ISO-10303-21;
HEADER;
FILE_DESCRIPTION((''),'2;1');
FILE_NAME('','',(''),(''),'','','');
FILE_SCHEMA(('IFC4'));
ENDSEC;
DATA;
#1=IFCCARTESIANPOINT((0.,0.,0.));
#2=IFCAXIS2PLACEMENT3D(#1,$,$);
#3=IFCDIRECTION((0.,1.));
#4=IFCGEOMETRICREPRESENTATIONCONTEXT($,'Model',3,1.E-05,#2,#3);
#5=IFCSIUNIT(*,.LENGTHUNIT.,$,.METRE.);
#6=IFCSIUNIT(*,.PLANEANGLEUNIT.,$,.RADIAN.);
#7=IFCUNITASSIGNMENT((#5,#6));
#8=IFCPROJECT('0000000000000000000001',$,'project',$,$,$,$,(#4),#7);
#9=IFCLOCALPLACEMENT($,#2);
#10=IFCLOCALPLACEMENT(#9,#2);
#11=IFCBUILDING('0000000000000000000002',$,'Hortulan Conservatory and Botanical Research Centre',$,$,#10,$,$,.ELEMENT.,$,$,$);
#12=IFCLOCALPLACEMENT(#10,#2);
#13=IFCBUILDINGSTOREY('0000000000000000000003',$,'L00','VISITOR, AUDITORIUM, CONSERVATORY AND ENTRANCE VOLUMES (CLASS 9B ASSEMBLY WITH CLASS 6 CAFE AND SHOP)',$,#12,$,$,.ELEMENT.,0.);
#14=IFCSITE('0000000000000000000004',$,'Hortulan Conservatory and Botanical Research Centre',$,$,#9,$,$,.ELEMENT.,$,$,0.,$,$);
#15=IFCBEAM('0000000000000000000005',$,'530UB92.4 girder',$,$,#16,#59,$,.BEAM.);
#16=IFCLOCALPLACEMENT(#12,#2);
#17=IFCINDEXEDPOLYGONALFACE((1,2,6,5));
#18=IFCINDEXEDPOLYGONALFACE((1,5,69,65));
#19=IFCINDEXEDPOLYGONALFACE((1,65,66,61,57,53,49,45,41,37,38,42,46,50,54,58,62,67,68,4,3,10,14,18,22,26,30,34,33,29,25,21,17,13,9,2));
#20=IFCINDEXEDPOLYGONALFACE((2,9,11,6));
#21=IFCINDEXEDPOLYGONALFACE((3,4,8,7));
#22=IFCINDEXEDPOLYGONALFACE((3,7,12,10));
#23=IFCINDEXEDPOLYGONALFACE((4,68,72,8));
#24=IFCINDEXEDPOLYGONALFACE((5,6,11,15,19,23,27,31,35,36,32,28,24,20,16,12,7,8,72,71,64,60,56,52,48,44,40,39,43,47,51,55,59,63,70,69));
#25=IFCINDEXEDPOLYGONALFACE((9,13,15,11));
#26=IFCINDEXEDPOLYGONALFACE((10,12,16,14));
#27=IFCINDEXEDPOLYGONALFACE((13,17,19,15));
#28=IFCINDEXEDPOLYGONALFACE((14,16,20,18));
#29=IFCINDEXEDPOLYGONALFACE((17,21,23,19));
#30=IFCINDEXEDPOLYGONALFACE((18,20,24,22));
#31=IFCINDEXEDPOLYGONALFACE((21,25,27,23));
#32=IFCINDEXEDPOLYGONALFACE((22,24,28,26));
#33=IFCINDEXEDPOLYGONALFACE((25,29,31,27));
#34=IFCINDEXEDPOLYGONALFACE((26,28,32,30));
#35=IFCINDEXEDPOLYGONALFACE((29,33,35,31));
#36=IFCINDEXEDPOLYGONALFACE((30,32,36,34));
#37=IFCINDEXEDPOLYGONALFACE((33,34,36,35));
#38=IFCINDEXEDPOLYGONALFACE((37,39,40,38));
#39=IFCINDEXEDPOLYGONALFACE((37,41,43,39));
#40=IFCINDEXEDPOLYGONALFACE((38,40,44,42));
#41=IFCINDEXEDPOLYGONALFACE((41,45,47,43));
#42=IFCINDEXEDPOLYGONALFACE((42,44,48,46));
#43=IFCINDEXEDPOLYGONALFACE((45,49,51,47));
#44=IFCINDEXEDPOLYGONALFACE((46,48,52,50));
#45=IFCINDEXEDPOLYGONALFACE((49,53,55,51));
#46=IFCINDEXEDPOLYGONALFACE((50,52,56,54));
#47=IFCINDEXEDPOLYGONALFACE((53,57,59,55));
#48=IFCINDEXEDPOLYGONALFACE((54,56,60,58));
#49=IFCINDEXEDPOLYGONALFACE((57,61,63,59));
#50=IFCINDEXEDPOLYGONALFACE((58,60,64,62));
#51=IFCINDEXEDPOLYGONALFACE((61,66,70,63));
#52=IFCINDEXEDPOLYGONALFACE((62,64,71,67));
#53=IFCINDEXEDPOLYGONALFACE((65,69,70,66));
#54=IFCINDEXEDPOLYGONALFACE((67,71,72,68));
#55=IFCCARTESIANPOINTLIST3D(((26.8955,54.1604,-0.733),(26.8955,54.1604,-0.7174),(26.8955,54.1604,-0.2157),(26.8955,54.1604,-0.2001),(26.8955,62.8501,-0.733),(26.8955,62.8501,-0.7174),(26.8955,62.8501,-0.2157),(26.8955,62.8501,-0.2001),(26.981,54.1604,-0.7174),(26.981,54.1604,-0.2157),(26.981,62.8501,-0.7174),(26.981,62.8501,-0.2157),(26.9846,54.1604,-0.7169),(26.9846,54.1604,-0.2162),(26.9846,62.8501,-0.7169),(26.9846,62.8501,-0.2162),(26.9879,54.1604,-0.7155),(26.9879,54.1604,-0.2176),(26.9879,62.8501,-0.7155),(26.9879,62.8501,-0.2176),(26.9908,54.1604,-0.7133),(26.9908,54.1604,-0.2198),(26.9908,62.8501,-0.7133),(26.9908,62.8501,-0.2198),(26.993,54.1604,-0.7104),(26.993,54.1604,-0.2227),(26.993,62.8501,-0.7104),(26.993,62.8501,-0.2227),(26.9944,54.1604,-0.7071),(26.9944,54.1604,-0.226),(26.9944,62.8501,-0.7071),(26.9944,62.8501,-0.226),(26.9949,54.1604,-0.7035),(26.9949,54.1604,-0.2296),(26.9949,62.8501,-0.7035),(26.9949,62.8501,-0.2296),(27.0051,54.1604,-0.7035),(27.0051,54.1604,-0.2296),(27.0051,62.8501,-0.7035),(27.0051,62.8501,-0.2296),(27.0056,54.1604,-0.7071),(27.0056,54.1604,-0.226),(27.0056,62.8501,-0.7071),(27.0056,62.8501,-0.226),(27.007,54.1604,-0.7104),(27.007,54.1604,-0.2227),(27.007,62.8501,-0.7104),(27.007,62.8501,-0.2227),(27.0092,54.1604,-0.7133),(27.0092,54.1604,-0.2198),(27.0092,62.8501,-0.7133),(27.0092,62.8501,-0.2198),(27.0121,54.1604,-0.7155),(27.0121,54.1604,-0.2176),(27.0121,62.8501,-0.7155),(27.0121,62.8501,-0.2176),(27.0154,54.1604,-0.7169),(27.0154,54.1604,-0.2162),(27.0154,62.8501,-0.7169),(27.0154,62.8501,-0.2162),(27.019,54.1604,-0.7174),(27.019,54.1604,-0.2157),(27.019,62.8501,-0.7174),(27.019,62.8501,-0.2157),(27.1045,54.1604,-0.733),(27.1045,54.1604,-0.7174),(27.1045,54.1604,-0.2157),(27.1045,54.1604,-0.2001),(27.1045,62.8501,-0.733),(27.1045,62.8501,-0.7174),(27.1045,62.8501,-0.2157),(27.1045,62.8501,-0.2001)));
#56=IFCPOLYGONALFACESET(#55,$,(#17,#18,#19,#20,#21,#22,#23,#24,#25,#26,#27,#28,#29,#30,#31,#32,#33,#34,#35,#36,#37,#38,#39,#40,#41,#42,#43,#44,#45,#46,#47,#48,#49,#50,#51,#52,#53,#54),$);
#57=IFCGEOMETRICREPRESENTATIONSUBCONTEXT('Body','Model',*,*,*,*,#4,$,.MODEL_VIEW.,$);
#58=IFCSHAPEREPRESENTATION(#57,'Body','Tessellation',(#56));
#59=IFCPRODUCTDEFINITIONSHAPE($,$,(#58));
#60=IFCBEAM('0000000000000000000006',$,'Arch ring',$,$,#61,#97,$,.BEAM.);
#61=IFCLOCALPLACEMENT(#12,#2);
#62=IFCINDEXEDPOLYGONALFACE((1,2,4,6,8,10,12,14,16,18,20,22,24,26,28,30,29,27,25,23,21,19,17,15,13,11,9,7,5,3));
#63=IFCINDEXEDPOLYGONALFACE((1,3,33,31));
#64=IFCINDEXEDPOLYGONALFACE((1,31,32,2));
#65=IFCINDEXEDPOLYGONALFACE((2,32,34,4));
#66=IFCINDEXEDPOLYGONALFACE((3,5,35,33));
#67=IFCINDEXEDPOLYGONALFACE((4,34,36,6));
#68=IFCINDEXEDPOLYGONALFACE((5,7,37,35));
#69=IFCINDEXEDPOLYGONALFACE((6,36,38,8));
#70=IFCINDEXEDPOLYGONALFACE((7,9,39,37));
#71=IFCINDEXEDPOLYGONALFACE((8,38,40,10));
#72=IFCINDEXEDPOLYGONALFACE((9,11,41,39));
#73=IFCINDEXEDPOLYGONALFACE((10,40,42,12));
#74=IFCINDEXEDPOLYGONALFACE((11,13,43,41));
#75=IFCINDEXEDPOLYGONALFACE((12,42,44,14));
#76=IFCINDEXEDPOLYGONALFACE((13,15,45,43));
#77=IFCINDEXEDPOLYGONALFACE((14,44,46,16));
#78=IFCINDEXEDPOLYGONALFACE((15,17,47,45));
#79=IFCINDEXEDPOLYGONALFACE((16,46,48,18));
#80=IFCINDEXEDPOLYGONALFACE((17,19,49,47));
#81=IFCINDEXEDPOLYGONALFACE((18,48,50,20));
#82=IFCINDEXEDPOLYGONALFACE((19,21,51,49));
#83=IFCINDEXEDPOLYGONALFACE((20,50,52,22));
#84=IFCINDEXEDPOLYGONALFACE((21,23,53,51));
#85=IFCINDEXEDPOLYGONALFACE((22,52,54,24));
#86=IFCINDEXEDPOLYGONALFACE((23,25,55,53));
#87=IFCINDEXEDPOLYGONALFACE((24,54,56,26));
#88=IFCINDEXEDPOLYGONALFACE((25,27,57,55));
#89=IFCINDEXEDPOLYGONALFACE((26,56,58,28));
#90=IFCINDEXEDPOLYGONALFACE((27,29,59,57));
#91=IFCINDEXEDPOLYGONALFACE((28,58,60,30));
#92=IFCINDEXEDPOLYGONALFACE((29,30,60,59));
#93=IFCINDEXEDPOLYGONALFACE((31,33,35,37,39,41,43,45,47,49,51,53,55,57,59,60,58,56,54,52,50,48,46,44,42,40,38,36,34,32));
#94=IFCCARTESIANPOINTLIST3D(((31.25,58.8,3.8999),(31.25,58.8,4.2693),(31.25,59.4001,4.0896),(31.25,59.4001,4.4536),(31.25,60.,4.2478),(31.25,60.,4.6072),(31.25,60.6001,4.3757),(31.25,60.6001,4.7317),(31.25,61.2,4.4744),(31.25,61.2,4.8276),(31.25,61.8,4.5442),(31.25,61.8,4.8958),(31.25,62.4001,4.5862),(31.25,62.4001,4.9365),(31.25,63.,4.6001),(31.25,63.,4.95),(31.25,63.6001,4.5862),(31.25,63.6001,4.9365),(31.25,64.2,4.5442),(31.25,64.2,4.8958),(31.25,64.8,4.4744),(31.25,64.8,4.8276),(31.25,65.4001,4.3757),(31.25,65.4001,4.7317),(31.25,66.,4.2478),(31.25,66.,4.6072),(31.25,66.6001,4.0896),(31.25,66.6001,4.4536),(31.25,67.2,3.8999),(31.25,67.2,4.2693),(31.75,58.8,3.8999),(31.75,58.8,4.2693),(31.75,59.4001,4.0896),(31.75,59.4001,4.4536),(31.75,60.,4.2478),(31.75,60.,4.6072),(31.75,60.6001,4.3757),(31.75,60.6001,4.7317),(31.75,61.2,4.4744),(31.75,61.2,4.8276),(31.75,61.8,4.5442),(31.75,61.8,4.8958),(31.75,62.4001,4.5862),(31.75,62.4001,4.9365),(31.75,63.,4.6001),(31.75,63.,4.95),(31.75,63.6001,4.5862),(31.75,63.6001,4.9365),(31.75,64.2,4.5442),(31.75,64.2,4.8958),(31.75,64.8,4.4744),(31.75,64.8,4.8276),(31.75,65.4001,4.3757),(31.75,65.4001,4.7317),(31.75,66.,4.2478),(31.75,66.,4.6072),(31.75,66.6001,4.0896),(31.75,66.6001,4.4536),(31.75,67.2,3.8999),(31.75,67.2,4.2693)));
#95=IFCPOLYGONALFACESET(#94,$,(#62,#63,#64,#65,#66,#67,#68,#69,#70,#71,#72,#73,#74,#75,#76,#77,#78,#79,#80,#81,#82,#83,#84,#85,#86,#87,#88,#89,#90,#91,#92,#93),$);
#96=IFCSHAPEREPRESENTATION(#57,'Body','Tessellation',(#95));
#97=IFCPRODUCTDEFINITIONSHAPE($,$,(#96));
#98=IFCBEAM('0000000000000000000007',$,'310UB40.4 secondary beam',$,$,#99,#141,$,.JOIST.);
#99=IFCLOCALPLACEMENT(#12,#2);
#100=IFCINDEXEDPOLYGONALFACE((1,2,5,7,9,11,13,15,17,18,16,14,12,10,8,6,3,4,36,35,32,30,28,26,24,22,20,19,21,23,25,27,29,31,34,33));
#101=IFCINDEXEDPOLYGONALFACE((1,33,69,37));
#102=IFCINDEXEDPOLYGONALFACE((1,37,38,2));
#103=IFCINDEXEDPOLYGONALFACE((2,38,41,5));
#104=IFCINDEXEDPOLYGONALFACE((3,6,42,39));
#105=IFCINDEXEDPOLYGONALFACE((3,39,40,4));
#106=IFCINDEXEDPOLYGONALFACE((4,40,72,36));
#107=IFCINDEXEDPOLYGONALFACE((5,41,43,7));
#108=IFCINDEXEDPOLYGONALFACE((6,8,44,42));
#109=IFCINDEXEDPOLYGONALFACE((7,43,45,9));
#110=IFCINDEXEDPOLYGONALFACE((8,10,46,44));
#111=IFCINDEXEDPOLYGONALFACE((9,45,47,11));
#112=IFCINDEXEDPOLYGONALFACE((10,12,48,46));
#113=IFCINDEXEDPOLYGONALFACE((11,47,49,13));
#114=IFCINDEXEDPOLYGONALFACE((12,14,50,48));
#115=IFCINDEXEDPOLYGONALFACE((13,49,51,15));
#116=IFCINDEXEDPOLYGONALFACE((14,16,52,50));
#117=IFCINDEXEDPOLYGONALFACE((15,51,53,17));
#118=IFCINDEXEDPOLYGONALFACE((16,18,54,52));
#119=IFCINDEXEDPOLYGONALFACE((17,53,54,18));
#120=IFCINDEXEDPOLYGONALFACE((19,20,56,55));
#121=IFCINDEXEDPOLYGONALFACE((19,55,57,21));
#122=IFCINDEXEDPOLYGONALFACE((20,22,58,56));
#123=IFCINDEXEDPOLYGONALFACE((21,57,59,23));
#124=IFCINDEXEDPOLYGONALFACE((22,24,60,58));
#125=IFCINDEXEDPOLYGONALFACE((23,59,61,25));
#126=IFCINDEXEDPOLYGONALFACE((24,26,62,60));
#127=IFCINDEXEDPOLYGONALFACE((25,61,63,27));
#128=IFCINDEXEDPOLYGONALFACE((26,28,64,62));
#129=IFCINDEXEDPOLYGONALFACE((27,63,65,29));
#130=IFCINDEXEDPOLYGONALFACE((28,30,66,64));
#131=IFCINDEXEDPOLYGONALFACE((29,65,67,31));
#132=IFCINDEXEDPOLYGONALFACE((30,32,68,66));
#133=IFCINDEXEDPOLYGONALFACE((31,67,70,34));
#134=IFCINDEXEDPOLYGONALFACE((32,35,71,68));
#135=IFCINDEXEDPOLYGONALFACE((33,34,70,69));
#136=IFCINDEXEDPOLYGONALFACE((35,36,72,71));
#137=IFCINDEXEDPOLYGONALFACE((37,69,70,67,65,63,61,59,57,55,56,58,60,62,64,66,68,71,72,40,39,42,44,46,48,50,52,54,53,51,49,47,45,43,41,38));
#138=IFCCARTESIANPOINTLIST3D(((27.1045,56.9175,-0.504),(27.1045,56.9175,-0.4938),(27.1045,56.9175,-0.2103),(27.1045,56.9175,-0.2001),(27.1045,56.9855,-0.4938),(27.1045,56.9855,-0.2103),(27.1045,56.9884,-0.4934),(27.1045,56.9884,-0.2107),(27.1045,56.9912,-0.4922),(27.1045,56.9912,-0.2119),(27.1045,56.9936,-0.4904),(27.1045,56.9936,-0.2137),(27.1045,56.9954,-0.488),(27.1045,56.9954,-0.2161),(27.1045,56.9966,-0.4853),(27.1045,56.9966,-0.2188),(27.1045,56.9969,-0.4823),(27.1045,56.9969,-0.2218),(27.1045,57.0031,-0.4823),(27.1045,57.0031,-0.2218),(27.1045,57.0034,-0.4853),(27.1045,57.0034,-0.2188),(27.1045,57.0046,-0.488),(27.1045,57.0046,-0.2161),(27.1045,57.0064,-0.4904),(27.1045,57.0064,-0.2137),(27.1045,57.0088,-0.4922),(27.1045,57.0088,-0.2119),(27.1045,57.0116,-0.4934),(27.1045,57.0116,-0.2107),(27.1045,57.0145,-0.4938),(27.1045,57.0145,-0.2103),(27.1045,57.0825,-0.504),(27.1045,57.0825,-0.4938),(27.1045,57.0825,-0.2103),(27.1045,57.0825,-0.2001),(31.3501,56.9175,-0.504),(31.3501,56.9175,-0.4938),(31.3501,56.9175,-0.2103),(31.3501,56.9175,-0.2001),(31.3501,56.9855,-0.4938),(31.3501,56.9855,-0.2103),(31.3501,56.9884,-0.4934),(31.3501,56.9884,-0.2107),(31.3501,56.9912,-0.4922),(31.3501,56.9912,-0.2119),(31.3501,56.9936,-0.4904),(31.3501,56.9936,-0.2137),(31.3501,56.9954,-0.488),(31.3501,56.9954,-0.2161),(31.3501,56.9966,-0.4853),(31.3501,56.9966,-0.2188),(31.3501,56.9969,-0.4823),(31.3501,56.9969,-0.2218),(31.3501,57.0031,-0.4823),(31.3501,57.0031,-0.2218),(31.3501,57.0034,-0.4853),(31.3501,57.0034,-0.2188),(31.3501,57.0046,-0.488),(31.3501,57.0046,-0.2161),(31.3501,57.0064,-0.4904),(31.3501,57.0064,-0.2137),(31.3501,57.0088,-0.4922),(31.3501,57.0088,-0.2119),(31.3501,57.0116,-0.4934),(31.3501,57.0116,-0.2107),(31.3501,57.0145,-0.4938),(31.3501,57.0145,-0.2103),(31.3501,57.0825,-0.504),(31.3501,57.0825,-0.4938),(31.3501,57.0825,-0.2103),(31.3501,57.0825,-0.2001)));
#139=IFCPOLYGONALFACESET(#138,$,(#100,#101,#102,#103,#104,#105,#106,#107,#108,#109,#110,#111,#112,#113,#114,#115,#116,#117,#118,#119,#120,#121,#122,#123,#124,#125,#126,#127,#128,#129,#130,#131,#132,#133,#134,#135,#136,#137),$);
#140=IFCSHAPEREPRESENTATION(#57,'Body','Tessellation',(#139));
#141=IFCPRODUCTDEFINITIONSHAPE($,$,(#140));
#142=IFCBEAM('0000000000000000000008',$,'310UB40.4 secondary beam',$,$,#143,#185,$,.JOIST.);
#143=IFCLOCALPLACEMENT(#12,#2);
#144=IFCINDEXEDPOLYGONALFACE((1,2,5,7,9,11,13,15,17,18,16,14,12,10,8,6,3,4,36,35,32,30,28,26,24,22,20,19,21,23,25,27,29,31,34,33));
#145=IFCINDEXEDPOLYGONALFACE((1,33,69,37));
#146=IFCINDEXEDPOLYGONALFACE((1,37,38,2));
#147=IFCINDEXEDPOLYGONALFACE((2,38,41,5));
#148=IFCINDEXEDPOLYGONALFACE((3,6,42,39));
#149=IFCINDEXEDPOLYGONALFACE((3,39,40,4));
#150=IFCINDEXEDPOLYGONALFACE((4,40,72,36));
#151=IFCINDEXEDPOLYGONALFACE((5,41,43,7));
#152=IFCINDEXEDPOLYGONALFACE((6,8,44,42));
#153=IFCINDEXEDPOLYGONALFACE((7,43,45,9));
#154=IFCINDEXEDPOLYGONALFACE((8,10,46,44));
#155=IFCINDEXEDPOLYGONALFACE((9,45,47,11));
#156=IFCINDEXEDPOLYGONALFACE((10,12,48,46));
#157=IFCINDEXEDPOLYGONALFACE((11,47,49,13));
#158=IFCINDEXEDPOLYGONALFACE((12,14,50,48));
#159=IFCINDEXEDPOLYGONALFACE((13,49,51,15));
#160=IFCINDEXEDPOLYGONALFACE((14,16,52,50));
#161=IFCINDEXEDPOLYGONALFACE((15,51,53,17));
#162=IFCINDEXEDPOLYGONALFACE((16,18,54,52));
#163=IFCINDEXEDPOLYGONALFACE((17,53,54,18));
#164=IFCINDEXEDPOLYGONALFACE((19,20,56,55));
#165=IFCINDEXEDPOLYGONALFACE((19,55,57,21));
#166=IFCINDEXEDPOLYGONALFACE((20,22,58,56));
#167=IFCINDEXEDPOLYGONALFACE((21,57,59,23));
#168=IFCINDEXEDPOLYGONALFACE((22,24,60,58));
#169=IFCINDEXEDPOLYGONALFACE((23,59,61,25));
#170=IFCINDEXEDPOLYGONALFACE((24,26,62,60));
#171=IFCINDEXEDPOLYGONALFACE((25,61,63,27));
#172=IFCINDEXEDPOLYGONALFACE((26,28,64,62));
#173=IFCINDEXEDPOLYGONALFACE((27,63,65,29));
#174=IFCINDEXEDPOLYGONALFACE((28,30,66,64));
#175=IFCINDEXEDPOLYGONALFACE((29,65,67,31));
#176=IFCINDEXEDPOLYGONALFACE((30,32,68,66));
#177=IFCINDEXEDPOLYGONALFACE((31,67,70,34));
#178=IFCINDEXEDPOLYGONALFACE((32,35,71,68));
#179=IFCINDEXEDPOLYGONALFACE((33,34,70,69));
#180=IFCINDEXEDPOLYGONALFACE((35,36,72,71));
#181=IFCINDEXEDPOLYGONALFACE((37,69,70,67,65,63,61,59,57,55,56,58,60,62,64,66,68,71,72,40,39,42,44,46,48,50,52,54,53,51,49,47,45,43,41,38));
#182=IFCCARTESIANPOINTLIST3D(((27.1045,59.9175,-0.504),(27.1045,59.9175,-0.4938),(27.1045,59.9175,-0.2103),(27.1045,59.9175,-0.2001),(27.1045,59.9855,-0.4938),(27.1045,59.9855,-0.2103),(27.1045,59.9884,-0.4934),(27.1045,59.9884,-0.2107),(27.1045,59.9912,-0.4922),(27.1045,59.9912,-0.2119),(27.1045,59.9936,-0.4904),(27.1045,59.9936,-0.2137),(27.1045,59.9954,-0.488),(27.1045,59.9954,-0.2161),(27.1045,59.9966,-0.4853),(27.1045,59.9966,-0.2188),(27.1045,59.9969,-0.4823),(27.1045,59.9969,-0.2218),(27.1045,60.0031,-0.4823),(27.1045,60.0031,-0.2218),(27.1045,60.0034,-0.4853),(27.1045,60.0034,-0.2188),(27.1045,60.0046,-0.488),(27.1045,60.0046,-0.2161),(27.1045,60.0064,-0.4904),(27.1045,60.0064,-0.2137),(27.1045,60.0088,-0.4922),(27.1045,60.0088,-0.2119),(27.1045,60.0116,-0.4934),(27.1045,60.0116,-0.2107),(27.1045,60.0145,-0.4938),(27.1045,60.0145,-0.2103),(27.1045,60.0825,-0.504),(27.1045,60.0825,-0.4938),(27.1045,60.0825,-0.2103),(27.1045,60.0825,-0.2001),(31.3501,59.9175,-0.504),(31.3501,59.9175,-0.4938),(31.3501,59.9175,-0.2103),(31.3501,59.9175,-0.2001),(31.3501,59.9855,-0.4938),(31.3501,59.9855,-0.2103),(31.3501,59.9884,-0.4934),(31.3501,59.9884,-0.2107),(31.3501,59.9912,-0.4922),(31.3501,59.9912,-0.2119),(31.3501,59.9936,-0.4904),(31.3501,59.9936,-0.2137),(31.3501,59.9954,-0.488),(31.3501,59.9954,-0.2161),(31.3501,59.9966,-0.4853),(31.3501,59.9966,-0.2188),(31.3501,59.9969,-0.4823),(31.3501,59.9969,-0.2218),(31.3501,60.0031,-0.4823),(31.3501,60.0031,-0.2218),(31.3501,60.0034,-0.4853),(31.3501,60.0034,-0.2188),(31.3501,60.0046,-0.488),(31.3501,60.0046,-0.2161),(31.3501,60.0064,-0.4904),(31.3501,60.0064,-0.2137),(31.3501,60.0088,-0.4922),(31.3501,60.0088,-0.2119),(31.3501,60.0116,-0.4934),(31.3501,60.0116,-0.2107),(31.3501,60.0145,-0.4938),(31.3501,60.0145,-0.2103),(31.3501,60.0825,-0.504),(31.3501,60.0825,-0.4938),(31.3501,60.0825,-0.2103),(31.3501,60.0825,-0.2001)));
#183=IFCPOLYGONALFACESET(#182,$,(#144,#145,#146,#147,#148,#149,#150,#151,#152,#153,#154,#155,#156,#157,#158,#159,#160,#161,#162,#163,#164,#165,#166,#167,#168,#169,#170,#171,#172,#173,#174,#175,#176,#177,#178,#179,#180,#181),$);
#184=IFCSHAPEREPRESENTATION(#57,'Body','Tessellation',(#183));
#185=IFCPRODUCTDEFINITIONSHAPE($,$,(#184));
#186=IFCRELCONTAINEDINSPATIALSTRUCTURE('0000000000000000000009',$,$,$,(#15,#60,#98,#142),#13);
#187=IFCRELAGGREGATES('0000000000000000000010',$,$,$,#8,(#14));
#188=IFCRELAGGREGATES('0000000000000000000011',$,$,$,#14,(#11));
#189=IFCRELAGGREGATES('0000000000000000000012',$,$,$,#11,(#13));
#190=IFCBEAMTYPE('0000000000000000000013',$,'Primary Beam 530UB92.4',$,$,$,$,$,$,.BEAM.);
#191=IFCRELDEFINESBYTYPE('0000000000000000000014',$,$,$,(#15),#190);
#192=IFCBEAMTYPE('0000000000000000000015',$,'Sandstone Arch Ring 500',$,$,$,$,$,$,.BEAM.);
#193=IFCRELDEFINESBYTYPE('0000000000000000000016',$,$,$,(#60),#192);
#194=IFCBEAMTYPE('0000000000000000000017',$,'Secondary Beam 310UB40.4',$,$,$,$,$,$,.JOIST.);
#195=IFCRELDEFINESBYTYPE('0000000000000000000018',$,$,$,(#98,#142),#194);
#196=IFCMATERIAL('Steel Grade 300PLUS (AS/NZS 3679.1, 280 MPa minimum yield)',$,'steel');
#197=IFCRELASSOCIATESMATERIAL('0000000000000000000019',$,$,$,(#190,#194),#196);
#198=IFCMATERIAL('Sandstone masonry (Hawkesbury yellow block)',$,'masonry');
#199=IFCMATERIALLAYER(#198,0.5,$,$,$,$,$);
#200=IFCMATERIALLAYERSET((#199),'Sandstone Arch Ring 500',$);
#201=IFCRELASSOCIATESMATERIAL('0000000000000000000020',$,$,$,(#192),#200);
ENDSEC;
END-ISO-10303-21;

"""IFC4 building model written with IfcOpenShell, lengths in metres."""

from ifc_helpers import new_model, si_unit, direction, frame, origin, origin_2d, place, context, subcontext, project, spatial, polyline, i_section, outline, extrude, material, layer, layer_set, material_profile, profile_set, type_object, element, save


model = new_model("IFC4")

# Units and contexts
model_context = context("Model", 3, precision=1e-05, world=origin(), true_north=direction((0.0, 1.0)))
body_context = subcontext(model_context, "Body", "Model", "MODEL_VIEW")
ifc_project = project(units=[si_unit("LENGTHUNIT", "METRE"), si_unit("PLANEANGLEUNIT", "RADIAN")], contexts=[model_context])

# Site, building, storey
site_placement = place(None, origin())
site = spatial("IfcSite", under=ifc_project, at=site_placement, Name="Hortulan Conservatory and Botanical Research Centre", CompositionType="ELEMENT", RefElevation=0.0)
building_placement = place(site_placement, origin())
building = spatial("IfcBuilding", under=site, at=building_placement, Name="Hortulan Conservatory and Botanical Research Centre", CompositionType="ELEMENT")
storey_placement = place(building_placement, origin())
storey = spatial("IfcBuildingStorey", under=building, at=storey_placement, Name="L00", Description="VISITOR, AUDITORIUM, CONSERVATORY AND ENTRANCE VOLUMES (CLASS 9B ASSEMBLY WITH CLASS 6 CAFE AND SHOP)", CompositionType="ELEMENT", Elevation=0.0)

# Shared definitions
ifc_material_1 = material(Name="Steel Grade 300PLUS (AS/NZS 3679.1, 280 MPa minimum yield)", Category="steel")

# Beams
ifc_material_profile_1 = material_profile(ifc_material_1, i_section(OverallWidth=0.209, OverallDepth=0.533, WebThickness=0.0103, FlangeThickness=0.0156, FilletRadius=0.0139, at=origin_2d()), Name="530UB92.4")
ifc_profile_set_1 = profile_set([ifc_material_profile_1], Name="Steel Grade 300PLUS (AS/NZS 3679.1, 280 MPa minimum yield)")
beam_type_1 = type_object("IfcBeamType", Name="Primary Beam 530UB92.4", PredefinedType="BEAM", material=ifc_profile_set_1)
beam_1_placement = place(storey_placement, frame((27.0, 54.1604, -0.4666), z_axis=(0.0, 1.0, 0.0), x_axis=(-1.0, 0.0, 0.0)))
element("IfcBeam", 1, at=beam_1_placement, inside=storey, type_object=beam_type_1, Name="530UB92.4 girder", PredefinedType="BEAM", context=body_context, shape_type="SweptSolid", body=[
    extrude(i_section(OverallWidth=0.209, OverallDepth=0.533, WebThickness=0.0103, FlangeThickness=0.0156, FilletRadius=0.0139, at=origin_2d()), origin(), (0.0, 0.0, 1.0), 8.6897),
])
ifc_material_2 = material(Name="Sandstone masonry (Hawkesbury yellow block)", Category="masonry")
ifc_layer_1 = layer(ifc_material_2, 0.5)
ifc_layer_set_1 = layer_set([ifc_layer_1], Name="Sandstone Arch Ring 500")
beam_type_2 = type_object("IfcBeamType", Name="Sandstone Arch Ring 500", PredefinedType="BEAM", material=ifc_layer_set_1)
beam_2_placement = place(storey_placement, frame((31.5, 58.8, 3.8999), z_axis=(0.0, 0.0, 1.0), x_axis=(0.0, 1.0, 0.0)))
element("IfcBeam", 2, at=beam_2_placement, inside=storey, type_object=beam_type_2, Name="Arch ring", PredefinedType="BEAM", context=body_context, shape_type="SweptSolid", body=[
    extrude(outline(polyline([(0.0, 0.0), (0.6001, 0.1897), (1.2, 0.3479), (1.8, 0.4758), (2.3999, 0.5745), (3.0, 0.6443), (3.6001, 0.6863), (4.2, 0.7002), (4.8, 0.6863), (5.3999, 0.6443), (6.0, 0.5745), (6.6001, 0.4758), (7.2, 0.3479), (7.8, 0.1897), (8.3999, 0.0), (8.3999, 0.3694), (7.8, 0.5537), (7.2, 0.7073), (6.6001, 0.8318), (6.0, 0.9277), (5.3999, 0.9958), (4.8, 1.0366), (4.2, 1.05), (3.6001, 1.0366), (3.0, 0.9958), (2.3999, 0.9277), (1.8, 0.8318), (1.2, 0.7073), (0.6001, 0.5537), (0.0, 0.3694), (0.0, 0.0)])), frame((0.0, 0.25, 0.0), z_axis=(0.0, -1.0, 0.0), x_axis=(1.0, 0.0, 0.0)), (0.0, 0.0, 1.0), 0.5),
])
ifc_material_profile_2 = material_profile(ifc_material_1, i_section(OverallWidth=0.165, OverallDepth=0.304, WebThickness=0.0061, FlangeThickness=0.0103, FilletRadius=0.0115, at=origin_2d()), Name="310UB40.4")
ifc_profile_set_2 = profile_set([ifc_material_profile_2], Name="Steel Grade 300PLUS (AS/NZS 3679.1, 280 MPa minimum yield)")
beam_type_3 = type_object("IfcBeamType", Name="Secondary Beam 310UB40.4", PredefinedType="JOIST", material=ifc_profile_set_2)
for number, where, z_axis, x_axis, name in (
    (3, (27.1045, 57.0, -0.3521), (1.0, 0.0, 0.0), (0.0, 1.0, 0.0), "310UB40.4 secondary beam"),
    (4, (27.1045, 60.0, -0.3521), (1.0, 0.0, 0.0), (0.0, 1.0, 0.0), "310UB40.4 secondary beam"),
):
    element("IfcBeam", number, at=place(storey_placement, frame(where, z_axis=z_axis, x_axis=x_axis)), inside=storey, type_object=beam_type_3, Name=name, PredefinedType="JOIST", context=body_context, shape_type="SweptSolid", body=[
        extrude(i_section(OverallWidth=0.165, OverallDepth=0.304, WebThickness=0.0061, FlangeThickness=0.0103, FilletRadius=0.0115, at=origin_2d()), origin(), (0.0, 0.0, 1.0), 4.2456),
    ])

save(model, "model.ifc")
